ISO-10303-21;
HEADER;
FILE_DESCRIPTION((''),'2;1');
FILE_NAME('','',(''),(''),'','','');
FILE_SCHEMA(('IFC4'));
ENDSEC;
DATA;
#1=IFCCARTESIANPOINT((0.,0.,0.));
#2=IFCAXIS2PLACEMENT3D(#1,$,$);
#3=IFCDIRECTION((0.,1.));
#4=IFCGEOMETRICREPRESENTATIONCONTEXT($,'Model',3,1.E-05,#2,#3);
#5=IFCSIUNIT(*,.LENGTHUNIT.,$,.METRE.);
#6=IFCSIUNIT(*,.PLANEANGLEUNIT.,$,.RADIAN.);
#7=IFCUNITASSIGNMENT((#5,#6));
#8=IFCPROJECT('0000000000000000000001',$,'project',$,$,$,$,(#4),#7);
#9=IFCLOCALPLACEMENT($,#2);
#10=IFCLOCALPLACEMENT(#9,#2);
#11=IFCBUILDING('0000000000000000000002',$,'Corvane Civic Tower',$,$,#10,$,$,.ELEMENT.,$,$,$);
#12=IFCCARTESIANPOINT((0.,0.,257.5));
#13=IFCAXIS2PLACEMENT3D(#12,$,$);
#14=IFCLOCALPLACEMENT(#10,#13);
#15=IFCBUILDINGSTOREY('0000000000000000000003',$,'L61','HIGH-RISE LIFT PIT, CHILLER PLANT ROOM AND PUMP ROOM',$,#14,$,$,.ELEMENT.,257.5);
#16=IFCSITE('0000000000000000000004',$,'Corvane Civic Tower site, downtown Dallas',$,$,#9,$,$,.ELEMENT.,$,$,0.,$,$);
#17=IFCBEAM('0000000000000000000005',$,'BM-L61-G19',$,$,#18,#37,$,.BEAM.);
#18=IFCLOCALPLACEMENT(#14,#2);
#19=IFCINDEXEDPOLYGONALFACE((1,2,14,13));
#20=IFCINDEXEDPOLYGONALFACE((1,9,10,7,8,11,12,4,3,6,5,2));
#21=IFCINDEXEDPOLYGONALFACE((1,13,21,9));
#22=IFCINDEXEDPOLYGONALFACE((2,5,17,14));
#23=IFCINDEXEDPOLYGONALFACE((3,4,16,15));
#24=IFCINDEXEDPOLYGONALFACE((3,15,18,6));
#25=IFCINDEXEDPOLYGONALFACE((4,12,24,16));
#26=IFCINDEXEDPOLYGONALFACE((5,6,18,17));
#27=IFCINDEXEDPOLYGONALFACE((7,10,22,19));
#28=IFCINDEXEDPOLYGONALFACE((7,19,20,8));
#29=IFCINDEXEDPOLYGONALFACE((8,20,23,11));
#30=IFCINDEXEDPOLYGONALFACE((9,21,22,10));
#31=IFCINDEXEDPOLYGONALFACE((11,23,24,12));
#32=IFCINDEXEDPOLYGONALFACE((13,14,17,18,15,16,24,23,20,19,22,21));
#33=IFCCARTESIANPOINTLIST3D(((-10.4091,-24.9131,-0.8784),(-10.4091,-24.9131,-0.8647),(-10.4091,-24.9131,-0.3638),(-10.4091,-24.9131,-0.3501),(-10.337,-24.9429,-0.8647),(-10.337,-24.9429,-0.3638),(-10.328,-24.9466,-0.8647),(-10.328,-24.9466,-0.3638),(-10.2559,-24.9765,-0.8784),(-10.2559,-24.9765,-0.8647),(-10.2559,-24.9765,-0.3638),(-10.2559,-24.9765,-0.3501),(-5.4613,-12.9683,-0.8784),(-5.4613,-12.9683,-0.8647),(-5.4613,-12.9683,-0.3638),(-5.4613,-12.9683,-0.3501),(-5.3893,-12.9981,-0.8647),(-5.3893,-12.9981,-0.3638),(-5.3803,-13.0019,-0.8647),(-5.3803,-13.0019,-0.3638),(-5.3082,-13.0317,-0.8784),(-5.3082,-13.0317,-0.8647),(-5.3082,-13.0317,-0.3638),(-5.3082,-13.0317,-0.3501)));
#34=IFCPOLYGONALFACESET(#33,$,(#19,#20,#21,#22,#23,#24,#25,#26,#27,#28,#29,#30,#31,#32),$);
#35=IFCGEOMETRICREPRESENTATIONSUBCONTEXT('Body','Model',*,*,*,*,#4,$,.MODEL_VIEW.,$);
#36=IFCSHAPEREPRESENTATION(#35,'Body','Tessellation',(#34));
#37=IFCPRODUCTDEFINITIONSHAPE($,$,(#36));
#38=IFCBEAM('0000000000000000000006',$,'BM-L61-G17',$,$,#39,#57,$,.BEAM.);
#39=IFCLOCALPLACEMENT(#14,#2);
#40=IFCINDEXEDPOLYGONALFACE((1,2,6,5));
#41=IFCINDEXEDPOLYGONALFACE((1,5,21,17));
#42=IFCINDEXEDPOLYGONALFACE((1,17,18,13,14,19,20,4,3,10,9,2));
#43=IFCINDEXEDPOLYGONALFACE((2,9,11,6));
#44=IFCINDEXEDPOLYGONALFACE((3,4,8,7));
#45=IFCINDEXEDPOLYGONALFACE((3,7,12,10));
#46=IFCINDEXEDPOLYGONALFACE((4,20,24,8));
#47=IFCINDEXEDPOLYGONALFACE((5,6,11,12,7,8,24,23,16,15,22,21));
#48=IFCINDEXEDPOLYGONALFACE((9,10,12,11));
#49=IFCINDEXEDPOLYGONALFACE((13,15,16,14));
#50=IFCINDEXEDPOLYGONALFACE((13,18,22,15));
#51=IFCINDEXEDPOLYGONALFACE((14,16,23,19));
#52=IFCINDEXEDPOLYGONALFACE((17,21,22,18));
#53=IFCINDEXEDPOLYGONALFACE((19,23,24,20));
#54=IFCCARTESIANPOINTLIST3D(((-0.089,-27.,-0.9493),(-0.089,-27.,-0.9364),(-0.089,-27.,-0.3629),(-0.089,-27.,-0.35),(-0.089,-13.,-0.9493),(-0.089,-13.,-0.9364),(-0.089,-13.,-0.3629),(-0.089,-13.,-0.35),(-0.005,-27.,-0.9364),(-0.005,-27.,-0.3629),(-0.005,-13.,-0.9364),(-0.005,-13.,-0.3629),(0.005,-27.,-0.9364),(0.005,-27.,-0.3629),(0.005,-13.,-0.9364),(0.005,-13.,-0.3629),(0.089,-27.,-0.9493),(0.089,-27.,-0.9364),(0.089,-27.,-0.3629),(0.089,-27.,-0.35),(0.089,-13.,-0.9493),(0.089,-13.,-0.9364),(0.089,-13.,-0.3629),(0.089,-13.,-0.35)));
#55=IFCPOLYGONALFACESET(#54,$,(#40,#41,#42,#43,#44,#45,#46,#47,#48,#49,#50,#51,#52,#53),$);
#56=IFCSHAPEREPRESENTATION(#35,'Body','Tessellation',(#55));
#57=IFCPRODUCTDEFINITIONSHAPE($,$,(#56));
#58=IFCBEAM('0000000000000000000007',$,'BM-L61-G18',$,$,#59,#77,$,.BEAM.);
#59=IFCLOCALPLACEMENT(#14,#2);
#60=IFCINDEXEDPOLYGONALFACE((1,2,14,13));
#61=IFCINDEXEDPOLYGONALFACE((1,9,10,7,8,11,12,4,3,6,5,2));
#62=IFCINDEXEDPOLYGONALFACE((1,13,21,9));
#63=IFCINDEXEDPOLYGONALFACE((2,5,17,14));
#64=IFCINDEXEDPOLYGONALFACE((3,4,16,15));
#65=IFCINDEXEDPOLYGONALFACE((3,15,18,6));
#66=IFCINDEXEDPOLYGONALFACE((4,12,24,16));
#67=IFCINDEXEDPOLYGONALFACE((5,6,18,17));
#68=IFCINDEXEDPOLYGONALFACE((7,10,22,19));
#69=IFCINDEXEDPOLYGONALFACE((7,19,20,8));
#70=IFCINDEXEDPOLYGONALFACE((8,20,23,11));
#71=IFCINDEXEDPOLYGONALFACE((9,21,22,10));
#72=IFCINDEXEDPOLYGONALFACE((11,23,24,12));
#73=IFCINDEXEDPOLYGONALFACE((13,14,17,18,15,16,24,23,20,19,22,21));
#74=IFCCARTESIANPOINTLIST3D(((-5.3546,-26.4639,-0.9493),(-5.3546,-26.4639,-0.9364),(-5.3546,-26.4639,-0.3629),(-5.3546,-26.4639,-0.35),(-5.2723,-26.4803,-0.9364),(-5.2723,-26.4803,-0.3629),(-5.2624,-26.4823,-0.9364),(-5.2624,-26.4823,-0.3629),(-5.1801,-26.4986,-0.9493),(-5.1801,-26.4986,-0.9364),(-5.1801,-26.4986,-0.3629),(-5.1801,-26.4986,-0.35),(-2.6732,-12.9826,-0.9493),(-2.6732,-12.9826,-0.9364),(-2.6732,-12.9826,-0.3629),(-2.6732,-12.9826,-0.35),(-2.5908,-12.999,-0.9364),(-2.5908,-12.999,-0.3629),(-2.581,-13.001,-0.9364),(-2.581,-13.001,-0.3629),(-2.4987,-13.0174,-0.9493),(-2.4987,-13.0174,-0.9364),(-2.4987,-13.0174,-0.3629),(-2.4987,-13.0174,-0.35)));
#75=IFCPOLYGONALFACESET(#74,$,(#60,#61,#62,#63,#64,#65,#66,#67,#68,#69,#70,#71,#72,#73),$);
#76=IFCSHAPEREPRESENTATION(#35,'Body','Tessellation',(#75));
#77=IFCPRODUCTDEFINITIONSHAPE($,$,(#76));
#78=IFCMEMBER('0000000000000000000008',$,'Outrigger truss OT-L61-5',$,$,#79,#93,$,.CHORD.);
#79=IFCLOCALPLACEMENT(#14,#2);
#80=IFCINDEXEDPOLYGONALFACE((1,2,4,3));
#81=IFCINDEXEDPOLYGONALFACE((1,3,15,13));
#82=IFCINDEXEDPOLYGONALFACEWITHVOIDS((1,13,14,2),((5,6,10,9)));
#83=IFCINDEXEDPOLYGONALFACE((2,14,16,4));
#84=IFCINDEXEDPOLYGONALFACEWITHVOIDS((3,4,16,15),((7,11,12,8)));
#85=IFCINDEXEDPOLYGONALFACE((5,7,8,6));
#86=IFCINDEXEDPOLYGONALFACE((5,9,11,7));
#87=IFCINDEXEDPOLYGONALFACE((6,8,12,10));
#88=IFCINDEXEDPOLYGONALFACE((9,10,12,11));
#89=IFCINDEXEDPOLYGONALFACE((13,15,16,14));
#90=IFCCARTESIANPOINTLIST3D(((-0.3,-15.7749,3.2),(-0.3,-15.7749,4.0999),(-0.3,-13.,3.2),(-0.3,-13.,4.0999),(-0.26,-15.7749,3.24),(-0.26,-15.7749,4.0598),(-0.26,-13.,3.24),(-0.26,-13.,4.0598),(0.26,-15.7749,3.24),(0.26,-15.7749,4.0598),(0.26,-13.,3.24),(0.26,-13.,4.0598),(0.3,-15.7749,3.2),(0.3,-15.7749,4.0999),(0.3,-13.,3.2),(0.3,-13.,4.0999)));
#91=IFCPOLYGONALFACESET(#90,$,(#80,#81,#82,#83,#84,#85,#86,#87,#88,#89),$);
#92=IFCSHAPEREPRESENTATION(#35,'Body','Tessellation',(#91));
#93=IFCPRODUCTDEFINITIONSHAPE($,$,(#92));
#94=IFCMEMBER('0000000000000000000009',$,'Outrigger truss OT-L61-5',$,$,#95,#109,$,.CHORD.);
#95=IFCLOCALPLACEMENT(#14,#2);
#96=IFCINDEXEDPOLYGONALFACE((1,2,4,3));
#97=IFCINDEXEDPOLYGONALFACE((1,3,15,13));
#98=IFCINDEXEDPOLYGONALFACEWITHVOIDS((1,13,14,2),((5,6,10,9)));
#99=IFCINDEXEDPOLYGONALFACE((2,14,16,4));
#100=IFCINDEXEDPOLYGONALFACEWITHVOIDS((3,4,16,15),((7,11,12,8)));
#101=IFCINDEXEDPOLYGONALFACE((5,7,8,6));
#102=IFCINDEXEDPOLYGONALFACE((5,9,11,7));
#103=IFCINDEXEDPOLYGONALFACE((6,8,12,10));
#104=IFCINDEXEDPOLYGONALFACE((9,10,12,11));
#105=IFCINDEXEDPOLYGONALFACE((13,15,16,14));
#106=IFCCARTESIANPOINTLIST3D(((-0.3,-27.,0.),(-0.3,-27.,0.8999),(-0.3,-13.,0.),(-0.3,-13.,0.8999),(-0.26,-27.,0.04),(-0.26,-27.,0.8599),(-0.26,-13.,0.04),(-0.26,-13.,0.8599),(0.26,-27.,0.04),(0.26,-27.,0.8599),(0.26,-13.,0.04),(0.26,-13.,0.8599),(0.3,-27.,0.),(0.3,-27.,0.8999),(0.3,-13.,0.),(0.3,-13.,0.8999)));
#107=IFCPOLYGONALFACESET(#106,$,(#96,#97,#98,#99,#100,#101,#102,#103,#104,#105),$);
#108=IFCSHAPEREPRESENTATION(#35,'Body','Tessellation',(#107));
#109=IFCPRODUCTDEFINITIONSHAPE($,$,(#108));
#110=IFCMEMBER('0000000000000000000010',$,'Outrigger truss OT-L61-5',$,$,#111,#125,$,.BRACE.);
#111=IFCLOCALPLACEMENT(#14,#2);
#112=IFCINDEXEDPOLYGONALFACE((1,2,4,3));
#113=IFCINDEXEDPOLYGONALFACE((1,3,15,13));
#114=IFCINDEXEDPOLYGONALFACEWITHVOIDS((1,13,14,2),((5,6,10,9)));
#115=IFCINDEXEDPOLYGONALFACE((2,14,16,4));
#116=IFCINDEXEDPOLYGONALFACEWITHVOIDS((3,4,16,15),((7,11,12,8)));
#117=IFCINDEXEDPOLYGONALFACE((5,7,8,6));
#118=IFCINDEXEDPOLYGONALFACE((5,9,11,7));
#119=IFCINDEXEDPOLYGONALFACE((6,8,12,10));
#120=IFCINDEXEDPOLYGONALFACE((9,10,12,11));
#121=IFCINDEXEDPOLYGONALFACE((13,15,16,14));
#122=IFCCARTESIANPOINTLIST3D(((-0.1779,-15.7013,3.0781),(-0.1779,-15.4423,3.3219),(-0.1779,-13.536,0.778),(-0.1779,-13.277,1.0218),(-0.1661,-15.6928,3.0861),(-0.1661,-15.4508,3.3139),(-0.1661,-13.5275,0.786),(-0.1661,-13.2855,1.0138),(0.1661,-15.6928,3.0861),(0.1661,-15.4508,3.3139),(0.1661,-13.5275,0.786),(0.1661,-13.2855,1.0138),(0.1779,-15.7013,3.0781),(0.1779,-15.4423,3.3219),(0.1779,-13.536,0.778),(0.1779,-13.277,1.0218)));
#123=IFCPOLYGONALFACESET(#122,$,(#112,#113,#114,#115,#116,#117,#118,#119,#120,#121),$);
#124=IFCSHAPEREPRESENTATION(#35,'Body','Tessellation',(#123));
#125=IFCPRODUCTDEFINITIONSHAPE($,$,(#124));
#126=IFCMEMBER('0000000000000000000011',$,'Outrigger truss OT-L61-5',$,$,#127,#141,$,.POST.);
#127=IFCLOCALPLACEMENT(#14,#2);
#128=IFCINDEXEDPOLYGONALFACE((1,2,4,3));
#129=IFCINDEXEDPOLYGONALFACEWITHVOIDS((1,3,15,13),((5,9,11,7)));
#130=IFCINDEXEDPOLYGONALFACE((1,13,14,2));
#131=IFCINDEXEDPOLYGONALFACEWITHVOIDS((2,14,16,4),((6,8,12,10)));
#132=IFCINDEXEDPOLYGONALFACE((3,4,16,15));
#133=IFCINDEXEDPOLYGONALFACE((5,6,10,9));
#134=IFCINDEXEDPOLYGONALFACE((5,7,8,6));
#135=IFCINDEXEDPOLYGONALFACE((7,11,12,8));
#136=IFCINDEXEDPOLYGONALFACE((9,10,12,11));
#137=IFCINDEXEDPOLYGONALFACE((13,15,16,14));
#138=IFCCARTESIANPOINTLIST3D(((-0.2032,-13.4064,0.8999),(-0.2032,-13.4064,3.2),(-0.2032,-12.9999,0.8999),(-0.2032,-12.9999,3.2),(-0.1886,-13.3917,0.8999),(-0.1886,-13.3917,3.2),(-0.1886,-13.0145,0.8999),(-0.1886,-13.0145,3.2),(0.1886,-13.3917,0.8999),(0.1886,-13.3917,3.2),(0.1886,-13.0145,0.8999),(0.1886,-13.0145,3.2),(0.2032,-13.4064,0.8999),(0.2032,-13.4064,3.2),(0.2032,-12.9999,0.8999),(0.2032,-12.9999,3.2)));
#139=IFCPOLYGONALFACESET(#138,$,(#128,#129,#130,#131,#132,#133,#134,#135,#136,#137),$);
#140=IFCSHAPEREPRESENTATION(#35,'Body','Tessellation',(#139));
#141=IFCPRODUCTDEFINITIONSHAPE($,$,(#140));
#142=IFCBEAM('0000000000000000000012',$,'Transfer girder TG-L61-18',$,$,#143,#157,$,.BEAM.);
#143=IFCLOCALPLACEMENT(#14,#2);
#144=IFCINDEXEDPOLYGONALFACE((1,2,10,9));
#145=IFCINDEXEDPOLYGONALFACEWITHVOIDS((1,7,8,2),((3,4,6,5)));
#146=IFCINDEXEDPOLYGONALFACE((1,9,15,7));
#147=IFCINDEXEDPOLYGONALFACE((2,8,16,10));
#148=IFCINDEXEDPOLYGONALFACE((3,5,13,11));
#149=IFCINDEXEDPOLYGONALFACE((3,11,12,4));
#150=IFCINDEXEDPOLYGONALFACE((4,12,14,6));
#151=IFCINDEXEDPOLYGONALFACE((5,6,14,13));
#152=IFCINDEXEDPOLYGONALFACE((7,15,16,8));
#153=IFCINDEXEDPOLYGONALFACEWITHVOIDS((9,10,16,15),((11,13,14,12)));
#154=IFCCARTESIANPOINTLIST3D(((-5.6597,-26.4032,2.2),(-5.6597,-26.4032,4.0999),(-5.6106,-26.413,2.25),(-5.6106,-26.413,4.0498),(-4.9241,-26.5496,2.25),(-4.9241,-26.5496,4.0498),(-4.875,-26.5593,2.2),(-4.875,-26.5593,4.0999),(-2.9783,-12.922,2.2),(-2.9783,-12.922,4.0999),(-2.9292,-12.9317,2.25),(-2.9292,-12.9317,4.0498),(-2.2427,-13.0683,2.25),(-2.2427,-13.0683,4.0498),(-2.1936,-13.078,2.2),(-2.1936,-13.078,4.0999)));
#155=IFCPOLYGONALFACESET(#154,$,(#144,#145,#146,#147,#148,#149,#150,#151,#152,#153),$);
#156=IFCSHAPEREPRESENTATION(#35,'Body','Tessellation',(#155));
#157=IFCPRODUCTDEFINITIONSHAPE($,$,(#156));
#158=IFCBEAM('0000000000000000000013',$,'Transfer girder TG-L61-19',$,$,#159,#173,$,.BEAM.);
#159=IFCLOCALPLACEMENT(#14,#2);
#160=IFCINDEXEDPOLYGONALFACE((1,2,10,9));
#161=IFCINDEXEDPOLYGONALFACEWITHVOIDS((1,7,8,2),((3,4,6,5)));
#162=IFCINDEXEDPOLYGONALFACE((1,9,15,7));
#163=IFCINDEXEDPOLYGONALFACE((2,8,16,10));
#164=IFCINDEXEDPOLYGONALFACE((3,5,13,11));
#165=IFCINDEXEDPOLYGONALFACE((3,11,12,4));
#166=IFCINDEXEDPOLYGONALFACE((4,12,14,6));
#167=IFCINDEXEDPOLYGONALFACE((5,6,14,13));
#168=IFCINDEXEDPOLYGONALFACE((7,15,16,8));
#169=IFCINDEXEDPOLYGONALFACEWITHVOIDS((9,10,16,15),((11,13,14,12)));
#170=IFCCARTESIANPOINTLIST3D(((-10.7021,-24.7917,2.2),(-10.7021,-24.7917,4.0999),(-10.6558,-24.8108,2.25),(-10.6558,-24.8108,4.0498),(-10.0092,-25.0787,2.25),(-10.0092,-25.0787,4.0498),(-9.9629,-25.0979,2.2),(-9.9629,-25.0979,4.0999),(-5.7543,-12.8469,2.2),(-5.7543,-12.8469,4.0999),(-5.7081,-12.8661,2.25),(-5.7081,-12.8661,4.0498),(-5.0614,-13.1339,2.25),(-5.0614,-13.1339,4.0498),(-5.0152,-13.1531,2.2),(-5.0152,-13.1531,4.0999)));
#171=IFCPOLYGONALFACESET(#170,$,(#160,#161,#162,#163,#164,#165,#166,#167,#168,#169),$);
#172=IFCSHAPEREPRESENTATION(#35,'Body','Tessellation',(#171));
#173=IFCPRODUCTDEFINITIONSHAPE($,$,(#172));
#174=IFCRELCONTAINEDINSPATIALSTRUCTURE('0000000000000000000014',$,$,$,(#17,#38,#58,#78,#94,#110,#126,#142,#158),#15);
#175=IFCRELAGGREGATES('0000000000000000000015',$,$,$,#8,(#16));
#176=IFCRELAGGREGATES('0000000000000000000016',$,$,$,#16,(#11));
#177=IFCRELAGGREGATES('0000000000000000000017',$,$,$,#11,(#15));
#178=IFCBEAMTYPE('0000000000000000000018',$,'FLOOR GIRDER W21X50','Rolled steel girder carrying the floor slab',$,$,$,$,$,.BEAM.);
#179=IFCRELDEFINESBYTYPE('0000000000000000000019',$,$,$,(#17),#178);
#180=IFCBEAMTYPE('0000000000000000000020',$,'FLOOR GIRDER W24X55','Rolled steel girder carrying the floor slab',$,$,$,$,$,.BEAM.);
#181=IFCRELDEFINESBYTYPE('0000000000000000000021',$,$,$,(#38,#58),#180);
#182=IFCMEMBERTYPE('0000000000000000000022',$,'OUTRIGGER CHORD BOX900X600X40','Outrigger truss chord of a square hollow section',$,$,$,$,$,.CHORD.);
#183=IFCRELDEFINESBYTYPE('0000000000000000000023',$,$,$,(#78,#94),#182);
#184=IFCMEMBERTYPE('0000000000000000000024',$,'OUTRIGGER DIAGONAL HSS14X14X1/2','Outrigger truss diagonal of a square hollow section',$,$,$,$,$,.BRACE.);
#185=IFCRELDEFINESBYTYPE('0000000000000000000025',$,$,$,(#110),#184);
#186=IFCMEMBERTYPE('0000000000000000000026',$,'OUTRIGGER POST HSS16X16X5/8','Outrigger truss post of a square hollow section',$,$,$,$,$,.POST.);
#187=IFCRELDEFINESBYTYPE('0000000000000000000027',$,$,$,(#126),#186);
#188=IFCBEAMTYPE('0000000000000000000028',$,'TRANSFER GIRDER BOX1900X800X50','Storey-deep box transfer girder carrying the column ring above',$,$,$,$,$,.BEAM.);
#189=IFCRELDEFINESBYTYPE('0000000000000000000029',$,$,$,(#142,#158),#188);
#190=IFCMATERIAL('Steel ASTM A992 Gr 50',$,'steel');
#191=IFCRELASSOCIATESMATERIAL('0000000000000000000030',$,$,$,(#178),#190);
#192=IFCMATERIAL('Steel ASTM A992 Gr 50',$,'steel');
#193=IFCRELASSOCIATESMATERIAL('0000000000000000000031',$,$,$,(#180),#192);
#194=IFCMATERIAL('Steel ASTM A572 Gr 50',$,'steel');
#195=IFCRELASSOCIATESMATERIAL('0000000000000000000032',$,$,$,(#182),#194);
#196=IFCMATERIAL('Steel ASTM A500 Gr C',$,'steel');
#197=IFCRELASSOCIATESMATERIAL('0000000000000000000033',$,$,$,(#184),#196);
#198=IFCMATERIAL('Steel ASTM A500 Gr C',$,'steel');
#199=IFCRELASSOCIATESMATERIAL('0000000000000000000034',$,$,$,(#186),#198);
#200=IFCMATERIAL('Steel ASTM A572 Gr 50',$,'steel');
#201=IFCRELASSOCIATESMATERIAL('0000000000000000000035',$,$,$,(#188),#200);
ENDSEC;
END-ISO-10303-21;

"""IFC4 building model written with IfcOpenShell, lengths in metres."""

from ifc_helpers import new_model, si_unit, direction, frame, origin, origin_2d, place, context, subcontext, project, spatial, hollow_rectangle, i_section, extrude, material, material_profile, profile_set, type_object, element, save


model = new_model("IFC4")

# Units and contexts
model_context = context("Model", 3, precision=1e-05, world=origin(), true_north=direction((0.0, 1.0)))
body_context = subcontext(model_context, "Body", "Model", "MODEL_VIEW")
ifc_project = project(units=[si_unit("LENGTHUNIT", "METRE"), si_unit("PLANEANGLEUNIT", "RADIAN")], contexts=[model_context])

# Site, building, storey
site_placement = place(None, origin())
site = spatial("IfcSite", under=ifc_project, at=site_placement, Name="Corvane Civic Tower site, downtown Dallas", CompositionType="ELEMENT", RefElevation=0.0)
building_placement = place(site_placement, origin())
building = spatial("IfcBuilding", under=site, at=building_placement, Name="Corvane Civic Tower", CompositionType="ELEMENT")
storey_placement = place(building_placement, frame((0.0, 0.0, 257.5)))
storey = spatial("IfcBuildingStorey", under=building, at=storey_placement, Name="L61", Description="HIGH-RISE LIFT PIT, CHILLER PLANT ROOM AND PUMP ROOM", CompositionType="ELEMENT", Elevation=257.5)

# Beams
ifc_material_1 = material(Name="Steel ASTM A992 Gr 50", Category="steel")
ifc_material_profile_1 = material_profile(ifc_material_1, i_section(OverallWidth=0.1658, OverallDepth=0.5283, WebThickness=0.0098, FlangeThickness=0.0137, at=origin_2d()), Name="W21X50")
ifc_profile_set_1 = profile_set([ifc_material_profile_1], Name="Steel ASTM A992 Gr 50")
beam_type_1 = type_object("IfcBeamType", Name="FLOOR GIRDER W21X50", Description="Rolled steel girder carrying the floor slab", PredefinedType="BEAM", material=ifc_profile_set_1)
beam_1_placement = place(storey_placement, frame((-5.3848, -13.0, -0.6143), z_axis=(-0.382686, -0.923878, 0.0), x_axis=(0.923878, -0.382686, 0.0)))
element("IfcBeam", 1, at=beam_1_placement, inside=storey, type_object=beam_type_1, Name="BM-L61-G19", PredefinedType="BEAM", context=body_context, shape_type="SweptSolid", body=[
    extrude(i_section(OverallWidth=0.1658, OverallDepth=0.5283, WebThickness=0.0098, FlangeThickness=0.0137, at=origin_2d()), origin(), (0.0, 0.0, 1.0), 12.929),
])
ifc_material_2 = material(Name="Steel ASTM A992 Gr 50", Category="steel")
ifc_material_profile_2 = material_profile(ifc_material_2, i_section(OverallWidth=0.178, OverallDepth=0.5994, WebThickness=0.01, FlangeThickness=0.0129, at=origin_2d()), Name="W24X55")
ifc_profile_set_2 = profile_set([ifc_material_profile_2], Name="Steel ASTM A992 Gr 50")
beam_type_2 = type_object("IfcBeamType", Name="FLOOR GIRDER W24X55", Description="Rolled steel girder carrying the floor slab", PredefinedType="BEAM", material=ifc_profile_set_2)
beam_2_placement = place(storey_placement, frame((0.0, -13.0, -0.6497), z_axis=(0.0, -1.0, 0.0), x_axis=(1.0, 0.0, 0.0)))
element("IfcBeam", 2, at=beam_2_placement, inside=storey, type_object=beam_type_2, Name="BM-L61-G17", PredefinedType="BEAM", context=body_context, shape_type="SweptSolid", body=[
    extrude(i_section(OverallWidth=0.178, OverallDepth=0.5994, WebThickness=0.01, FlangeThickness=0.0129, at=origin_2d()), origin(), (0.0, 0.0, 1.0), 14.0),
])
beam_3_placement = place(storey_placement, frame((-2.5859, -13.0, -0.6497), z_axis=(-0.195078, -0.980788, 0.0), x_axis=(0.980788, -0.195078, 0.0)))
element("IfcBeam", 3, at=beam_3_placement, inside=storey, type_object=beam_type_2, Name="BM-L61-G18", PredefinedType="BEAM", context=body_context, shape_type="SweptSolid", body=[
    extrude(i_section(OverallWidth=0.178, OverallDepth=0.5994, WebThickness=0.01, FlangeThickness=0.0129, at=origin_2d()), origin(), (0.0, 0.0, 1.0), 13.7454),
])

# Members
ifc_material_3 = material(Name="Steel ASTM A572 Gr 50", Category="steel")
ifc_material_profile_3 = material_profile(ifc_material_3, hollow_rectangle(XDim=0.6001, YDim=0.8999, WallThickness=0.04, at=origin_2d()), Name="BOX900X600X40")
ifc_profile_set_3 = profile_set([ifc_material_profile_3], Name="Steel ASTM A572 Gr 50")
member_type_1 = type_object("IfcMemberType", Name="OUTRIGGER CHORD BOX900X600X40", Description="Outrigger truss chord of a square hollow section", PredefinedType="CHORD", material=ifc_profile_set_3)
member_1_placement = place(storey_placement, frame((0.0, -13.0, 3.6499), z_axis=(0.0, -1.0, 0.0), x_axis=(1.0, 0.0, 0.0)))
element("IfcMember", 4, at=member_1_placement, inside=storey, type_object=member_type_1, Name="Outrigger truss OT-L61-5", PredefinedType="CHORD", context=body_context, shape_type="SweptSolid", body=[
    extrude(hollow_rectangle(XDim=0.6001, YDim=0.8999, WallThickness=0.04, at=origin_2d()), origin(), (0.0, 0.0, 1.0), 2.7749),
])
member_2_placement = place(storey_placement, frame((0.0, -13.0, 0.45), z_axis=(0.0, -1.0, 0.0), x_axis=(1.0, 0.0, 0.0)))
element("IfcMember", 5, at=member_2_placement, inside=storey, type_object=member_type_1, Name="Outrigger truss OT-L61-5", PredefinedType="CHORD", context=body_context, shape_type="SweptSolid", body=[
    extrude(hollow_rectangle(XDim=0.6001, YDim=0.8999, WallThickness=0.04, at=origin_2d()), origin(), (0.0, 0.0, 1.0), 14.0),
])
ifc_material_4 = material(Name="Steel ASTM A500 Gr C", Category="steel")
ifc_material_profile_4 = material_profile(ifc_material_4, hollow_rectangle(XDim=0.3557, YDim=0.3557, WallThickness=0.0117, at=origin_2d()), Name="HSS14X14X1/2")
ifc_profile_set_4 = profile_set([ifc_material_profile_4], Name="Steel ASTM A500 Gr C")
member_type_2 = type_object("IfcMemberType", Name="OUTRIGGER DIAGONAL HSS14X14X1/2", Description="Outrigger truss diagonal of a square hollow section", PredefinedType="BRACE", material=ifc_profile_set_4)
member_3_placement = place(storey_placement, frame((0.0, -13.4065, 0.8999), z_axis=(0.0, -0.685454, 0.728116), x_axis=(1.0, 0.0, 0.0)))
element("IfcMember", 6, at=member_3_placement, inside=storey, type_object=member_type_2, Name="Outrigger truss OT-L61-5", PredefinedType="BRACE", context=body_context, shape_type="SweptSolid", body=[
    extrude(hollow_rectangle(XDim=0.3557, YDim=0.3557, WallThickness=0.0117, at=origin_2d()), origin(), (0.0, 0.0, 1.0), 3.1589),
])
ifc_material_5 = material(Name="Steel ASTM A500 Gr C", Category="steel")
ifc_material_profile_5 = material_profile(ifc_material_5, hollow_rectangle(XDim=0.4065, YDim=0.4065, WallThickness=0.0146, at=origin_2d()), Name="HSS16X16X5/8")
ifc_profile_set_5 = profile_set([ifc_material_profile_5], Name="Steel ASTM A500 Gr C")
member_type_3 = type_object("IfcMemberType", Name="OUTRIGGER POST HSS16X16X5/8", Description="Outrigger truss post of a square hollow section", PredefinedType="POST", material=ifc_profile_set_5)
member_4_placement = place(storey_placement, frame((0.0, -13.2031, 0.8999), z_axis=(0.0, 0.0, 1.0), x_axis=(1.0, 0.0, 0.0)))
element("IfcMember", 7, at=member_4_placement, inside=storey, type_object=member_type_3, Name="Outrigger truss OT-L61-5", PredefinedType="POST", context=body_context, shape_type="SweptSolid", body=[
    extrude(hollow_rectangle(XDim=0.4065, YDim=0.4065, WallThickness=0.0146, at=origin_2d()), origin(), (0.0, 0.0, 1.0), 2.3),
])

# Beams
ifc_material_6 = material(Name="Steel ASTM A572 Gr 50", Category="steel")
ifc_material_profile_6 = material_profile(ifc_material_6, hollow_rectangle(XDim=0.8, YDim=1.8999, WallThickness=0.05, at=origin_2d()), Name="BOX1900X800X50")
ifc_profile_set_6 = profile_set([ifc_material_profile_6], Name="Steel ASTM A572 Gr 50")
beam_type_3 = type_object("IfcBeamType", Name="TRANSFER GIRDER BOX1900X800X50", Description="Storey-deep box transfer girder carrying the column ring above", PredefinedType="BEAM", material=ifc_profile_set_6)
beam_4_placement = place(storey_placement, frame((-2.5859, -13.0, 3.1499), z_axis=(-0.195078, -0.980788, 0.0), x_axis=(0.980788, -0.195078, 0.0)))
element("IfcBeam", 8, at=beam_4_placement, inside=storey, type_object=beam_type_3, Name="Transfer girder TG-L61-18", PredefinedType="BEAM", context=body_context, shape_type="SweptSolid", body=[
    extrude(hollow_rectangle(XDim=0.8, YDim=1.8999, WallThickness=0.05, at=origin_2d()), origin(), (0.0, 0.0, 1.0), 13.7454),
])
beam_5_placement = place(storey_placement, frame((-5.3848, -13.0, 3.1499), z_axis=(-0.382686, -0.923878, 0.0), x_axis=(0.923878, -0.382686, 0.0)))
element("IfcBeam", 9, at=beam_5_placement, inside=storey, type_object=beam_type_3, Name="Transfer girder TG-L61-19", PredefinedType="BEAM", context=body_context, shape_type="SweptSolid", body=[
    extrude(hollow_rectangle(XDim=0.8, YDim=1.8999, WallThickness=0.05, at=origin_2d()), origin(), (0.0, 0.0, 1.0), 12.929),
])

save(model, "model.ifc")
